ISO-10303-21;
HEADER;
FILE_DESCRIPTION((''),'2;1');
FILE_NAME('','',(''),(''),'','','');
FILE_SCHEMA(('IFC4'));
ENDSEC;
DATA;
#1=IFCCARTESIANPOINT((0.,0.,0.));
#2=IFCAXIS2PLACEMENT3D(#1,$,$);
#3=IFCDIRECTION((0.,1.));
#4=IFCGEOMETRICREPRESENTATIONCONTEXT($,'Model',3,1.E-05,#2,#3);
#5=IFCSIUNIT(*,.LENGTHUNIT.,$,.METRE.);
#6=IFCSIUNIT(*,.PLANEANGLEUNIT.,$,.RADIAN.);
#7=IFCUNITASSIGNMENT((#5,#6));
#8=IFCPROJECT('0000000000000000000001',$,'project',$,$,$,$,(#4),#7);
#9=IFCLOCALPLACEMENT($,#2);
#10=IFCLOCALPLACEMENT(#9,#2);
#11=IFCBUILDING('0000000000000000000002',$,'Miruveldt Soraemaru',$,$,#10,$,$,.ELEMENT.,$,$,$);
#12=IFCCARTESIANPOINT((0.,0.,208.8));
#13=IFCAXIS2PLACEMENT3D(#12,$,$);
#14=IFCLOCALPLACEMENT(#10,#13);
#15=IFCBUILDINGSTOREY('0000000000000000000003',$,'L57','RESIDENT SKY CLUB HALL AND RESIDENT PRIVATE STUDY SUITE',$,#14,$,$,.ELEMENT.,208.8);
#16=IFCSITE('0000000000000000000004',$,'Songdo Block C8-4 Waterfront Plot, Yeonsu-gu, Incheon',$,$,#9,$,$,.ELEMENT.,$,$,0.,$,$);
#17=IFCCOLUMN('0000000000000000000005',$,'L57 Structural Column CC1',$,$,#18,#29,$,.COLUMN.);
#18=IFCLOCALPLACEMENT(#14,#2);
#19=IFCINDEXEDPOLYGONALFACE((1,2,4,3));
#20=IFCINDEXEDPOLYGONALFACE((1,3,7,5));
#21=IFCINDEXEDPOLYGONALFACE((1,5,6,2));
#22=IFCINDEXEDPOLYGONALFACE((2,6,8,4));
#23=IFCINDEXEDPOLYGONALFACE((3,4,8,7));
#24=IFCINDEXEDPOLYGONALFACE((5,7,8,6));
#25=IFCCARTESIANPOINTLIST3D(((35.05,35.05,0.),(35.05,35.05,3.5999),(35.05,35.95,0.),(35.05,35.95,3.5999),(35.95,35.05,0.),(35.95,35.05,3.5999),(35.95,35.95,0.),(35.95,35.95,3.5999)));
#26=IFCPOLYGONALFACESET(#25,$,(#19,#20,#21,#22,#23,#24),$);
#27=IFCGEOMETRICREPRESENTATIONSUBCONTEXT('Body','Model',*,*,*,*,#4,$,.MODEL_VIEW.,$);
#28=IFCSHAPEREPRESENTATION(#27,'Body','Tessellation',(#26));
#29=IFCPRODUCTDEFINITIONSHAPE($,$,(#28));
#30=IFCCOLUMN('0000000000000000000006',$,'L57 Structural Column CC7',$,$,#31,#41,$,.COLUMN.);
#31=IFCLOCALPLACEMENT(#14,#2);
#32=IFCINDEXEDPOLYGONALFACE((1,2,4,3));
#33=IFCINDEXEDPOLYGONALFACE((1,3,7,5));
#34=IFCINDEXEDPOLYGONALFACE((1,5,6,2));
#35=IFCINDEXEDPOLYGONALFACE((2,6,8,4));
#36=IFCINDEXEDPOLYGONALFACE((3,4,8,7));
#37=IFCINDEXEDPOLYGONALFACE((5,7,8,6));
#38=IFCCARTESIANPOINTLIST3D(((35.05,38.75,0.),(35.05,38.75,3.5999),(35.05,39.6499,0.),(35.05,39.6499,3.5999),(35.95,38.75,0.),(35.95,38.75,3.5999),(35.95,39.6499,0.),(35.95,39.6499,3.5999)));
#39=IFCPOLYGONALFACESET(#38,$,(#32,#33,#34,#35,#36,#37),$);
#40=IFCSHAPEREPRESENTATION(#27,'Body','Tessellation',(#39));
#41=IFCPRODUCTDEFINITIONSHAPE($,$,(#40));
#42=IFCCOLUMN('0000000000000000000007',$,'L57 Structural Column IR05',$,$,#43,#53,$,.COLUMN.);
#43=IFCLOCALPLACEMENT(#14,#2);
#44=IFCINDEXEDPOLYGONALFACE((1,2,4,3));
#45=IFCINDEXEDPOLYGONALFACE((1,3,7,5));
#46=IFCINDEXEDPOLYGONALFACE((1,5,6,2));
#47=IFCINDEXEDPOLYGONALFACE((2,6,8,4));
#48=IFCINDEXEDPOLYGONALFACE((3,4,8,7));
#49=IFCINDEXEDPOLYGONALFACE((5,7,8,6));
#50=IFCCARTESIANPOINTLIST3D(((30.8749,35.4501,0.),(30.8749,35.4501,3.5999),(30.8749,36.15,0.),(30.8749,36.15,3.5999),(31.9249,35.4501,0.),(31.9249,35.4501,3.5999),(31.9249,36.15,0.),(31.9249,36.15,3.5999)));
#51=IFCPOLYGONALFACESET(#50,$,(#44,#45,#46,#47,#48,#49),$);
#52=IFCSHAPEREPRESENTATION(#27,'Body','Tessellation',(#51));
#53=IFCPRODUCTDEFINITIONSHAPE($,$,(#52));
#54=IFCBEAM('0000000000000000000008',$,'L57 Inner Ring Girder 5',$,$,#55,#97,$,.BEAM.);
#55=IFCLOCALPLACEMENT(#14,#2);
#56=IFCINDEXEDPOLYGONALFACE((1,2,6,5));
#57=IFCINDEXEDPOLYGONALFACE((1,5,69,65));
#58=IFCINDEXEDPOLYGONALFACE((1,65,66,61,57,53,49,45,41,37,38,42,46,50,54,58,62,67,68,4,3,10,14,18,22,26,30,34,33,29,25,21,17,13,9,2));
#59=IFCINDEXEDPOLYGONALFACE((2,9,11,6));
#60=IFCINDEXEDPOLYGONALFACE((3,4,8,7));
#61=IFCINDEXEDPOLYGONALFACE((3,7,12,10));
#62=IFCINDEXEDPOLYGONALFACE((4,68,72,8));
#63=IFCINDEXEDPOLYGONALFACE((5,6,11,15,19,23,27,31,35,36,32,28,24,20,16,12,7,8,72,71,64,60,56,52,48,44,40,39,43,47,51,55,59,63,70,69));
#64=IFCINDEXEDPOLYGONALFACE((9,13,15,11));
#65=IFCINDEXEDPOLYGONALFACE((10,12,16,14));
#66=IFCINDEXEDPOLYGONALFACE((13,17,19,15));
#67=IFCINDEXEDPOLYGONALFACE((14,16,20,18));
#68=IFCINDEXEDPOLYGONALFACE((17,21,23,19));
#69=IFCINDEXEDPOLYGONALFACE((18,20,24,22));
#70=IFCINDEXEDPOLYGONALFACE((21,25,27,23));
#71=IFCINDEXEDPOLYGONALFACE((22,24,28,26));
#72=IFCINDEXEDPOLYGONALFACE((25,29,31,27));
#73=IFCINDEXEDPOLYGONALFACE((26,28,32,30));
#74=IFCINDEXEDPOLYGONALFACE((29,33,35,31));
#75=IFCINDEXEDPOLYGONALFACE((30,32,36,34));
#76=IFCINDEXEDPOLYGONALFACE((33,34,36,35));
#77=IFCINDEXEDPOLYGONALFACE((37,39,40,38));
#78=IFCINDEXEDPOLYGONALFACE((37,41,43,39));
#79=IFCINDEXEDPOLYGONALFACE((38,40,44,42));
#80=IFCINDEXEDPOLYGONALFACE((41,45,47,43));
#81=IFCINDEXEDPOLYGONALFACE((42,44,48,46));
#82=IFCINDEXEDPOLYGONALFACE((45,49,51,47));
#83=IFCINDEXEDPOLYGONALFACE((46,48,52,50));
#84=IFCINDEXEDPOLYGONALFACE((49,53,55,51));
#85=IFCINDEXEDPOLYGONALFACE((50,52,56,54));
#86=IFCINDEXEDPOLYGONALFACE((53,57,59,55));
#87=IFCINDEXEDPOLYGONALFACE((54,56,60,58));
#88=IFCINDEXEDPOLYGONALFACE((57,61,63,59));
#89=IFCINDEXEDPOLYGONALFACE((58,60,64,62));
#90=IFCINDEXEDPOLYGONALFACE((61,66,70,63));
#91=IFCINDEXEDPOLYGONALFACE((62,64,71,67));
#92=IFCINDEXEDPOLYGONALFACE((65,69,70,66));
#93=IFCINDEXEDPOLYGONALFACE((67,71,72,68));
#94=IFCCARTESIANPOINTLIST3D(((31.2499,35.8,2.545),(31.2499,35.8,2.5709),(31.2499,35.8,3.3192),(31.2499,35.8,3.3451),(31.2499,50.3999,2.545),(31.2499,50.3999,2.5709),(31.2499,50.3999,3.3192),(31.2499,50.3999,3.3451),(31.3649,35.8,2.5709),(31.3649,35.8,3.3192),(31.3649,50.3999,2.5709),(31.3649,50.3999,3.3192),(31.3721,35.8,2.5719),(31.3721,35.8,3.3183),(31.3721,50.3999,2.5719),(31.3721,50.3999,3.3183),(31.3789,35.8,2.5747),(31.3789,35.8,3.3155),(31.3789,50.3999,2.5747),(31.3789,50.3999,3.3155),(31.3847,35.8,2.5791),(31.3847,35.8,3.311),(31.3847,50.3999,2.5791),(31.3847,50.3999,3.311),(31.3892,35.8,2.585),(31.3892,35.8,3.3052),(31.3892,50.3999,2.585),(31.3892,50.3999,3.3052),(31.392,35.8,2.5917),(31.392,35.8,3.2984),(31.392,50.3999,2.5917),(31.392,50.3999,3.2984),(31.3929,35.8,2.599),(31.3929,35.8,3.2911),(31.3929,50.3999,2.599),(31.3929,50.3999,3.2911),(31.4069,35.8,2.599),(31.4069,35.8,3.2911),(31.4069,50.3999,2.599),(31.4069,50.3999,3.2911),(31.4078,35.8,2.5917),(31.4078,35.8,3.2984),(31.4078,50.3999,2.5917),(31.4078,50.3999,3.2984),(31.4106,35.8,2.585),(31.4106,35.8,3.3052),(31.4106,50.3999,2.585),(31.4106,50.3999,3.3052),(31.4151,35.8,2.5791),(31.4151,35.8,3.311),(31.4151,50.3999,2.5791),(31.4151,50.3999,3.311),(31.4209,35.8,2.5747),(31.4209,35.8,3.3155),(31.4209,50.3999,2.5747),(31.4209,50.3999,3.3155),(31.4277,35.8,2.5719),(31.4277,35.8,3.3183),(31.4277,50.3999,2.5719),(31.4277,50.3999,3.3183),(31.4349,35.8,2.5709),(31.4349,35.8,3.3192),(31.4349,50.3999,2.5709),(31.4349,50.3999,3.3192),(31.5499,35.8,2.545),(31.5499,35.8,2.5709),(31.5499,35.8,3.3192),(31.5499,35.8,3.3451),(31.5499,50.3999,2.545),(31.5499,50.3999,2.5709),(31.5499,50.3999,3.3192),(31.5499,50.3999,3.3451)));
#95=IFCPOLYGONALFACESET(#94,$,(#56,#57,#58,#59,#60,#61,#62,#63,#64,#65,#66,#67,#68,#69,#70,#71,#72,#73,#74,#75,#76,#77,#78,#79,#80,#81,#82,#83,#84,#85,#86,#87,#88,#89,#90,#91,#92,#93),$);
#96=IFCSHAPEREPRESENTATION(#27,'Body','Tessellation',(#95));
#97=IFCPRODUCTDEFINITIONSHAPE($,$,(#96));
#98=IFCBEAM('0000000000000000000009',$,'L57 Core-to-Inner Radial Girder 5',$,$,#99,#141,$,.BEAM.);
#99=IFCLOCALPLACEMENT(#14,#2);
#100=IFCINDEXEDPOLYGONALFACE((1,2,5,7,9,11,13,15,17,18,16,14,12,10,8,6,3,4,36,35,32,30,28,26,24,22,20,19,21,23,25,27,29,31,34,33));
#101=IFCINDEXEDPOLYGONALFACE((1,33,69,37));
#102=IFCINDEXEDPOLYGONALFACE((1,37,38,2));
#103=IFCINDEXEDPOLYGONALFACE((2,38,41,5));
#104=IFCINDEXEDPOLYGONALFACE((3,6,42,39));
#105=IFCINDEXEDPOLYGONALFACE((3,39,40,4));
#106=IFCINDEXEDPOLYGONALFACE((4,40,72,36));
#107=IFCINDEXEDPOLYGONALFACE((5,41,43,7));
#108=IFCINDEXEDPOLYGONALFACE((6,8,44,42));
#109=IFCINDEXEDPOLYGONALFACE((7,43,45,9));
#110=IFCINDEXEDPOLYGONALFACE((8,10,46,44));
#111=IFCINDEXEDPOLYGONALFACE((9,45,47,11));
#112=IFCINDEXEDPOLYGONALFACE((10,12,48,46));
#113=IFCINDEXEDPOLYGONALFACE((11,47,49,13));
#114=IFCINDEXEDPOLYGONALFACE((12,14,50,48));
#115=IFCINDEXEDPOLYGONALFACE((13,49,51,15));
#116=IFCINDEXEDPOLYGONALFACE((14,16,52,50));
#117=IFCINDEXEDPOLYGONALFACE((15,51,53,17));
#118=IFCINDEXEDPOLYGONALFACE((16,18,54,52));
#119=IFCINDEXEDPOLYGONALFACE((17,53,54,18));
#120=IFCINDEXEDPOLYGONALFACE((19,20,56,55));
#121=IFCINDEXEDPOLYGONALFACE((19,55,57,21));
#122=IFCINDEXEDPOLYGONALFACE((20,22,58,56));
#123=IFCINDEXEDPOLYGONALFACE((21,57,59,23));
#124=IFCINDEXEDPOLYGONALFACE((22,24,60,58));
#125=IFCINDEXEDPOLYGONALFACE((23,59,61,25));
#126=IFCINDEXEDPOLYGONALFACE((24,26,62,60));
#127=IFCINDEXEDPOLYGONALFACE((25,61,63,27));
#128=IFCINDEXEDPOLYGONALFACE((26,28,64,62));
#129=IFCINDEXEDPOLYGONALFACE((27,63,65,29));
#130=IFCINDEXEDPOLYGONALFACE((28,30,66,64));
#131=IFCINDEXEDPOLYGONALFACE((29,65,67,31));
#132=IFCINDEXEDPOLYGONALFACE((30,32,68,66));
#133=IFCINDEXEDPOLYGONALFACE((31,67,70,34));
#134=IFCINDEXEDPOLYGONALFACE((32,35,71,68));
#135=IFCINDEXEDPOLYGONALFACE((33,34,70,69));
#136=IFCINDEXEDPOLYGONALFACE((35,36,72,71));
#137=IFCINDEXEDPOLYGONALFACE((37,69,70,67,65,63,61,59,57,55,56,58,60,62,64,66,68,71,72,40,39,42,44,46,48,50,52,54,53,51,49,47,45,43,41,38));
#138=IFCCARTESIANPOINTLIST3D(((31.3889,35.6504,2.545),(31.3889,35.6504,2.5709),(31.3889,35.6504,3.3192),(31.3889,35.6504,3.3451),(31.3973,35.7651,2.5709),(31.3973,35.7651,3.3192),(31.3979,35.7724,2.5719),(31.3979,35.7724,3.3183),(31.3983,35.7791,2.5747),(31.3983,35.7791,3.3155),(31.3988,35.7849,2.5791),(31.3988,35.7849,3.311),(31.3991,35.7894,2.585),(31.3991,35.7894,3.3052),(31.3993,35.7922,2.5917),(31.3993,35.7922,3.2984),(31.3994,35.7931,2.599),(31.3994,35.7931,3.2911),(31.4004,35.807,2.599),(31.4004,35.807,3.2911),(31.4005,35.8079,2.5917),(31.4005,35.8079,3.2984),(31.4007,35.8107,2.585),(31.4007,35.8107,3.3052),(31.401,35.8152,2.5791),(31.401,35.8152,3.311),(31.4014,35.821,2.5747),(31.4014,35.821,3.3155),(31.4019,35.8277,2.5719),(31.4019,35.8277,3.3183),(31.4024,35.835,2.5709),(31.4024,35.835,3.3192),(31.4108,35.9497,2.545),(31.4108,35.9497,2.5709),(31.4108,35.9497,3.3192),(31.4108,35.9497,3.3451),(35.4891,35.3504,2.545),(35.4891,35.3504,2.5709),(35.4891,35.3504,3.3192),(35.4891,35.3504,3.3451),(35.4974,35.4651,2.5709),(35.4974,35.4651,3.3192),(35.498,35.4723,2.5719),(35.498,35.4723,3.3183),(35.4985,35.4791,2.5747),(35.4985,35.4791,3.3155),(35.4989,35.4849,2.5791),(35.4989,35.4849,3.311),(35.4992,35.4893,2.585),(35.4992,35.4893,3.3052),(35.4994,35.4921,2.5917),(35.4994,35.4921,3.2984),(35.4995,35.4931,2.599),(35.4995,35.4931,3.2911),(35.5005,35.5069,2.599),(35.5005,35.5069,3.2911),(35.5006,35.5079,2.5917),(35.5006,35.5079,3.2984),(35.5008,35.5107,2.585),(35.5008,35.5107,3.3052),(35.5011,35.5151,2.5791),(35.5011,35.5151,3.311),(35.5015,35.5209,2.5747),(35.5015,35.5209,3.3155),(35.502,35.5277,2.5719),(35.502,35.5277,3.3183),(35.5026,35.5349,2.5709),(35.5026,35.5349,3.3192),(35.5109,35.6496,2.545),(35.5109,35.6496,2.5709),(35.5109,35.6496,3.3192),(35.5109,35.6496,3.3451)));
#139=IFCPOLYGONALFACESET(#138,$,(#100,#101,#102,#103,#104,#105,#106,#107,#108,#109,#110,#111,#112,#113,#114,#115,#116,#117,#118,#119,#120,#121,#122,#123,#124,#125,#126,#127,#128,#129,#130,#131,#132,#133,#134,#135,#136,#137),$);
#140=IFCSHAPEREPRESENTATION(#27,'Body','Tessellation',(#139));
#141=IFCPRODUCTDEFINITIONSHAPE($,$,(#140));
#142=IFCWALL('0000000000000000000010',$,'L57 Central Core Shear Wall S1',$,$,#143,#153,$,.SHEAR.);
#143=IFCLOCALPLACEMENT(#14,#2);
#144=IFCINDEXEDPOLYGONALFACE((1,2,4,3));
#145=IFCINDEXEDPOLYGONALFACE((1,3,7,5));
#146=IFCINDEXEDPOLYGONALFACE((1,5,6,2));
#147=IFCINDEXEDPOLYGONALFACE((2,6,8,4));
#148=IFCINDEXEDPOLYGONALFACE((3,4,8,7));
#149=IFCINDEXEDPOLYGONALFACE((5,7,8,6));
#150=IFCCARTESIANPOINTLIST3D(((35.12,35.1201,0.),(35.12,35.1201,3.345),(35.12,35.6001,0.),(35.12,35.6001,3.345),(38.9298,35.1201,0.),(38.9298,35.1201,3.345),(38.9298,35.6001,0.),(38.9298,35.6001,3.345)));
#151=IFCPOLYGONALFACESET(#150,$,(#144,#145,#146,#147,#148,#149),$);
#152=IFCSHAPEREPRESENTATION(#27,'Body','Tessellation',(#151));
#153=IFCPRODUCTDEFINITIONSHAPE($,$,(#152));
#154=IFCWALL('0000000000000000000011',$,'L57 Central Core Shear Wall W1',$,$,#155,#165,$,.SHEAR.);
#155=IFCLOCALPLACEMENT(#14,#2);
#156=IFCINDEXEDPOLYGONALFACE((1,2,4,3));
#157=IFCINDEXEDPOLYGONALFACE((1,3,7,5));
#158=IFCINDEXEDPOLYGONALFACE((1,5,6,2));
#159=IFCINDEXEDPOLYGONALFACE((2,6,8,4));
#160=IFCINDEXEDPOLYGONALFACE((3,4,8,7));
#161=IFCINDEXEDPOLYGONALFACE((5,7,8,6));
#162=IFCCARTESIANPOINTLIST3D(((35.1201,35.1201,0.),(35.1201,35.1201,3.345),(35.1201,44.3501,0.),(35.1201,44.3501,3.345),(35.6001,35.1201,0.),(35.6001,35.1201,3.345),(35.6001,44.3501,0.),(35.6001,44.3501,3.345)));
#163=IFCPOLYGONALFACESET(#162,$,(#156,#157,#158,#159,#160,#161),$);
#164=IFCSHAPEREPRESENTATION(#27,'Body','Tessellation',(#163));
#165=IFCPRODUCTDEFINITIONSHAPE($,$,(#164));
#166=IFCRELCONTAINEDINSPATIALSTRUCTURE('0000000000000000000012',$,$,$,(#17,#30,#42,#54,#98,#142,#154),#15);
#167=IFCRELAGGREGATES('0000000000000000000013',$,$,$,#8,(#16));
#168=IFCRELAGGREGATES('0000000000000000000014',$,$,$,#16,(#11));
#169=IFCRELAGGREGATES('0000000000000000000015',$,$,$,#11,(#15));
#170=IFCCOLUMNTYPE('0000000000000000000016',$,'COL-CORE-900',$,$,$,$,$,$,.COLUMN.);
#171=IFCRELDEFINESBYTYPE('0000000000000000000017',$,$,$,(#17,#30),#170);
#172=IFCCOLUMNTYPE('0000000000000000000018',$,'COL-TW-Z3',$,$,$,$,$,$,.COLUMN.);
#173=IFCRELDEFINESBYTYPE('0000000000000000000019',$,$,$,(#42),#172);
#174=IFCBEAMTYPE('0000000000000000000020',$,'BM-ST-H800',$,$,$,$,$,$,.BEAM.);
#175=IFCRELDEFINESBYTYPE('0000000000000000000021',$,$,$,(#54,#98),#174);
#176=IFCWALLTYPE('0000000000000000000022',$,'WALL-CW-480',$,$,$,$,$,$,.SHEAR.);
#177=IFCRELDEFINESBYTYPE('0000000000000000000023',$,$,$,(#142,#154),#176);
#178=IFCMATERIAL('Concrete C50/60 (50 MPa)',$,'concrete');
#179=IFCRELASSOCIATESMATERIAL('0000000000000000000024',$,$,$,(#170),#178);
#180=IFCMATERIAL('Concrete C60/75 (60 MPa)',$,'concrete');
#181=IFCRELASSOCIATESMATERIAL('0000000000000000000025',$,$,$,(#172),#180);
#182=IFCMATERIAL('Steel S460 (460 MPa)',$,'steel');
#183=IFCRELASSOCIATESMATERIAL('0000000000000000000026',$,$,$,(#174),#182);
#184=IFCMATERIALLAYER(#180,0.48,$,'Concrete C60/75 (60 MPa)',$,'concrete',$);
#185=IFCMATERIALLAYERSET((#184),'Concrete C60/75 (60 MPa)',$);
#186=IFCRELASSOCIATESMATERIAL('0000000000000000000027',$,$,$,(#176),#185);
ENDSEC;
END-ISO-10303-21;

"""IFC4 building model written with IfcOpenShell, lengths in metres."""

from ifc_helpers import new_model, si_unit, direction, frame, frame_2d, origin, origin_2d, place, context, subcontext, project, spatial, rectangle, i_section, extrude, material, layer, layer_set, material_profile, profile_set, type_object, element, save


model = new_model("IFC4")

# Units and contexts
model_context = context("Model", 3, precision=1e-05, world=origin(), true_north=direction((0.0, 1.0)))
body_context = subcontext(model_context, "Body", "Model", "MODEL_VIEW")
ifc_project = project(units=[si_unit("LENGTHUNIT", "METRE"), si_unit("PLANEANGLEUNIT", "RADIAN")], contexts=[model_context])

# Site, building, storey
site_placement = place(None, origin())
site = spatial("IfcSite", under=ifc_project, at=site_placement, Name="Songdo Block C8-4 Waterfront Plot, Yeonsu-gu, Incheon", CompositionType="ELEMENT", RefElevation=0.0)
building_placement = place(site_placement, origin())
building = spatial("IfcBuilding", under=site, at=building_placement, Name="Miruveldt Soraemaru", CompositionType="ELEMENT")
storey_placement = place(building_placement, frame((0.0, 0.0, 208.8)))
storey = spatial("IfcBuildingStorey", under=building, at=storey_placement, Name="L57", Description="RESIDENT SKY CLUB HALL AND RESIDENT PRIVATE STUDY SUITE", CompositionType="ELEMENT", Elevation=208.8)

# Columns
ifc_material_1 = material(Name="Concrete C50/60 (50 MPa)", Category="concrete")
ifc_material_profile_1 = material_profile(ifc_material_1, rectangle(XDim=0.8999, YDim=0.8999, at=origin_2d()), Name="Concrete C50/60 (50 MPa)", Category="concrete")
ifc_profile_set_1 = profile_set([ifc_material_profile_1], Name="Concrete C50/60 (50 MPa)")
column_type_1 = type_object("IfcColumnType", Name="COL-CORE-900", PredefinedType="COLUMN", material=ifc_profile_set_1)
for number, where, z_axis, x_axis, name in (
    (1, (35.5, 35.5, 0.0), (0.0, 0.0, 1.0), (1.0, 0.0, 0.0), "L57 Structural Column CC1"),
    (2, (35.5, 39.2, 0.0), (0.0, 0.0, 1.0), (1.0, 0.0, 0.0), "L57 Structural Column CC7"),
):
    element("IfcColumn", number, at=place(storey_placement, frame(where, z_axis=z_axis, x_axis=x_axis)), inside=storey, type_object=column_type_1, Name=name, PredefinedType="COLUMN", context=body_context, shape_type="SweptSolid", body=[
        extrude(rectangle(XDim=0.8999, YDim=0.8999, at=origin_2d()), origin(), (0.0, 0.0, 1.0), 3.5999),
    ])
ifc_material_2 = material(Name="Concrete C60/75 (60 MPa)", Category="concrete")
ifc_material_profile_2 = material_profile(ifc_material_2, rectangle(XDim=1.05, YDim=0.7, at=origin_2d()), Name="Concrete C60/75 (60 MPa)", Category="concrete")
ifc_profile_set_2 = profile_set([ifc_material_profile_2], Name="Concrete C60/75 (60 MPa)")
column_type_2 = type_object("IfcColumnType", Name="COL-TW-Z3", PredefinedType="COLUMN", material=ifc_profile_set_2)
column_placement = place(storey_placement, frame((31.3999, 35.8, 0.0), z_axis=(0.0, 0.0, 1.0), x_axis=(1.0, 0.0, 0.0)))
element("IfcColumn", 3, at=column_placement, inside=storey, type_object=column_type_2, Name="L57 Structural Column IR05", PredefinedType="COLUMN", context=body_context, shape_type="SweptSolid", body=[
    extrude(rectangle(XDim=1.05, YDim=0.7, at=origin_2d()), origin(), (0.0, 0.0, 1.0), 3.5999),
])

# Beams
ifc_material_3 = material(Name="Steel S460 (460 MPa)", Category="steel")
ifc_material_profile_3 = material_profile(ifc_material_3, i_section(OverallWidth=0.3, OverallDepth=0.8, WebThickness=0.0139, FlangeThickness=0.0259, FilletRadius=0.0281, at=origin_2d()), Name="Steel S460 (460 MPa)", Category="steel")
ifc_profile_set_3 = profile_set([ifc_material_profile_3], Name="Steel S460 (460 MPa)")
beam_type = type_object("IfcBeamType", Name="BM-ST-H800", PredefinedType="BEAM", material=ifc_profile_set_3)
beam_1_placement = place(storey_placement, frame((31.3999, 35.8, 2.9451), z_axis=(0.0, 1.0, 0.0), x_axis=(-1.0, 0.0, 0.0)))
element("IfcBeam", 4, at=beam_1_placement, inside=storey, type_object=beam_type, Name="L57 Inner Ring Girder 5", PredefinedType="BEAM", context=body_context, shape_type="SweptSolid", body=[
    extrude(i_section(OverallWidth=0.3, OverallDepth=0.8, WebThickness=0.0139, FlangeThickness=0.0259, FilletRadius=0.0281, at=origin_2d()), origin(), (0.0, 0.0, 1.0), 14.5999),
])
beam_2_placement = place(storey_placement, frame((35.5, 35.5, 2.9451), z_axis=(-0.997333, 0.072986, 0.0), x_axis=(-0.072986, -0.997333, 0.0)))
element("IfcBeam", 5, at=beam_2_placement, inside=storey, type_object=beam_type, Name="L57 Core-to-Inner Radial Girder 5", PredefinedType="BEAM", context=body_context, shape_type="SweptSolid", body=[
    extrude(i_section(OverallWidth=0.3, OverallDepth=0.8, WebThickness=0.0139, FlangeThickness=0.0259, FilletRadius=0.0281, at=origin_2d()), origin(), (0.0, 0.0, 1.0), 4.1111),
])

# Walls
ifc_layer_1 = layer(ifc_material_2, 0.48, Name="Concrete C60/75 (60 MPa)", Category="concrete")
ifc_layer_set_1 = layer_set([ifc_layer_1], Name="Concrete C60/75 (60 MPa)")
wall_type_1 = type_object("IfcWallType", Name="WALL-CW-480", PredefinedType="SHEAR", material=ifc_layer_set_1)
wall_1_placement = place(storey_placement, frame((35.1201, 35.3601, 0.0), z_axis=(0.0, 0.0, 1.0), x_axis=(1.0, 0.0, 0.0)))
element("IfcWall", 6, at=wall_1_placement, inside=storey, type_object=wall_type_1, Name="L57 Central Core Shear Wall S1", PredefinedType="SHEAR", context=body_context, shape_type="SweptSolid", body=[
    extrude(rectangle(XDim=3.8098, YDim=0.48, at=frame_2d((1.9048, 0.0))), origin(), (0.0, 0.0, 1.0), 3.345),
])
wall_2_placement = place(storey_placement, frame((35.3601, 35.1201, 0.0), z_axis=(0.0, 0.0, 1.0), x_axis=(0.0, 1.0, 0.0)))
element("IfcWall", 7, at=wall_2_placement, inside=storey, type_object=wall_type_1, Name="L57 Central Core Shear Wall W1", PredefinedType="SHEAR", context=body_context, shape_type="SweptSolid", body=[
    extrude(rectangle(XDim=9.23, YDim=0.48, at=frame_2d((4.615, 0.0))), origin(), (0.0, 0.0, 1.0), 3.345),
])

save(model, "model.ifc")
